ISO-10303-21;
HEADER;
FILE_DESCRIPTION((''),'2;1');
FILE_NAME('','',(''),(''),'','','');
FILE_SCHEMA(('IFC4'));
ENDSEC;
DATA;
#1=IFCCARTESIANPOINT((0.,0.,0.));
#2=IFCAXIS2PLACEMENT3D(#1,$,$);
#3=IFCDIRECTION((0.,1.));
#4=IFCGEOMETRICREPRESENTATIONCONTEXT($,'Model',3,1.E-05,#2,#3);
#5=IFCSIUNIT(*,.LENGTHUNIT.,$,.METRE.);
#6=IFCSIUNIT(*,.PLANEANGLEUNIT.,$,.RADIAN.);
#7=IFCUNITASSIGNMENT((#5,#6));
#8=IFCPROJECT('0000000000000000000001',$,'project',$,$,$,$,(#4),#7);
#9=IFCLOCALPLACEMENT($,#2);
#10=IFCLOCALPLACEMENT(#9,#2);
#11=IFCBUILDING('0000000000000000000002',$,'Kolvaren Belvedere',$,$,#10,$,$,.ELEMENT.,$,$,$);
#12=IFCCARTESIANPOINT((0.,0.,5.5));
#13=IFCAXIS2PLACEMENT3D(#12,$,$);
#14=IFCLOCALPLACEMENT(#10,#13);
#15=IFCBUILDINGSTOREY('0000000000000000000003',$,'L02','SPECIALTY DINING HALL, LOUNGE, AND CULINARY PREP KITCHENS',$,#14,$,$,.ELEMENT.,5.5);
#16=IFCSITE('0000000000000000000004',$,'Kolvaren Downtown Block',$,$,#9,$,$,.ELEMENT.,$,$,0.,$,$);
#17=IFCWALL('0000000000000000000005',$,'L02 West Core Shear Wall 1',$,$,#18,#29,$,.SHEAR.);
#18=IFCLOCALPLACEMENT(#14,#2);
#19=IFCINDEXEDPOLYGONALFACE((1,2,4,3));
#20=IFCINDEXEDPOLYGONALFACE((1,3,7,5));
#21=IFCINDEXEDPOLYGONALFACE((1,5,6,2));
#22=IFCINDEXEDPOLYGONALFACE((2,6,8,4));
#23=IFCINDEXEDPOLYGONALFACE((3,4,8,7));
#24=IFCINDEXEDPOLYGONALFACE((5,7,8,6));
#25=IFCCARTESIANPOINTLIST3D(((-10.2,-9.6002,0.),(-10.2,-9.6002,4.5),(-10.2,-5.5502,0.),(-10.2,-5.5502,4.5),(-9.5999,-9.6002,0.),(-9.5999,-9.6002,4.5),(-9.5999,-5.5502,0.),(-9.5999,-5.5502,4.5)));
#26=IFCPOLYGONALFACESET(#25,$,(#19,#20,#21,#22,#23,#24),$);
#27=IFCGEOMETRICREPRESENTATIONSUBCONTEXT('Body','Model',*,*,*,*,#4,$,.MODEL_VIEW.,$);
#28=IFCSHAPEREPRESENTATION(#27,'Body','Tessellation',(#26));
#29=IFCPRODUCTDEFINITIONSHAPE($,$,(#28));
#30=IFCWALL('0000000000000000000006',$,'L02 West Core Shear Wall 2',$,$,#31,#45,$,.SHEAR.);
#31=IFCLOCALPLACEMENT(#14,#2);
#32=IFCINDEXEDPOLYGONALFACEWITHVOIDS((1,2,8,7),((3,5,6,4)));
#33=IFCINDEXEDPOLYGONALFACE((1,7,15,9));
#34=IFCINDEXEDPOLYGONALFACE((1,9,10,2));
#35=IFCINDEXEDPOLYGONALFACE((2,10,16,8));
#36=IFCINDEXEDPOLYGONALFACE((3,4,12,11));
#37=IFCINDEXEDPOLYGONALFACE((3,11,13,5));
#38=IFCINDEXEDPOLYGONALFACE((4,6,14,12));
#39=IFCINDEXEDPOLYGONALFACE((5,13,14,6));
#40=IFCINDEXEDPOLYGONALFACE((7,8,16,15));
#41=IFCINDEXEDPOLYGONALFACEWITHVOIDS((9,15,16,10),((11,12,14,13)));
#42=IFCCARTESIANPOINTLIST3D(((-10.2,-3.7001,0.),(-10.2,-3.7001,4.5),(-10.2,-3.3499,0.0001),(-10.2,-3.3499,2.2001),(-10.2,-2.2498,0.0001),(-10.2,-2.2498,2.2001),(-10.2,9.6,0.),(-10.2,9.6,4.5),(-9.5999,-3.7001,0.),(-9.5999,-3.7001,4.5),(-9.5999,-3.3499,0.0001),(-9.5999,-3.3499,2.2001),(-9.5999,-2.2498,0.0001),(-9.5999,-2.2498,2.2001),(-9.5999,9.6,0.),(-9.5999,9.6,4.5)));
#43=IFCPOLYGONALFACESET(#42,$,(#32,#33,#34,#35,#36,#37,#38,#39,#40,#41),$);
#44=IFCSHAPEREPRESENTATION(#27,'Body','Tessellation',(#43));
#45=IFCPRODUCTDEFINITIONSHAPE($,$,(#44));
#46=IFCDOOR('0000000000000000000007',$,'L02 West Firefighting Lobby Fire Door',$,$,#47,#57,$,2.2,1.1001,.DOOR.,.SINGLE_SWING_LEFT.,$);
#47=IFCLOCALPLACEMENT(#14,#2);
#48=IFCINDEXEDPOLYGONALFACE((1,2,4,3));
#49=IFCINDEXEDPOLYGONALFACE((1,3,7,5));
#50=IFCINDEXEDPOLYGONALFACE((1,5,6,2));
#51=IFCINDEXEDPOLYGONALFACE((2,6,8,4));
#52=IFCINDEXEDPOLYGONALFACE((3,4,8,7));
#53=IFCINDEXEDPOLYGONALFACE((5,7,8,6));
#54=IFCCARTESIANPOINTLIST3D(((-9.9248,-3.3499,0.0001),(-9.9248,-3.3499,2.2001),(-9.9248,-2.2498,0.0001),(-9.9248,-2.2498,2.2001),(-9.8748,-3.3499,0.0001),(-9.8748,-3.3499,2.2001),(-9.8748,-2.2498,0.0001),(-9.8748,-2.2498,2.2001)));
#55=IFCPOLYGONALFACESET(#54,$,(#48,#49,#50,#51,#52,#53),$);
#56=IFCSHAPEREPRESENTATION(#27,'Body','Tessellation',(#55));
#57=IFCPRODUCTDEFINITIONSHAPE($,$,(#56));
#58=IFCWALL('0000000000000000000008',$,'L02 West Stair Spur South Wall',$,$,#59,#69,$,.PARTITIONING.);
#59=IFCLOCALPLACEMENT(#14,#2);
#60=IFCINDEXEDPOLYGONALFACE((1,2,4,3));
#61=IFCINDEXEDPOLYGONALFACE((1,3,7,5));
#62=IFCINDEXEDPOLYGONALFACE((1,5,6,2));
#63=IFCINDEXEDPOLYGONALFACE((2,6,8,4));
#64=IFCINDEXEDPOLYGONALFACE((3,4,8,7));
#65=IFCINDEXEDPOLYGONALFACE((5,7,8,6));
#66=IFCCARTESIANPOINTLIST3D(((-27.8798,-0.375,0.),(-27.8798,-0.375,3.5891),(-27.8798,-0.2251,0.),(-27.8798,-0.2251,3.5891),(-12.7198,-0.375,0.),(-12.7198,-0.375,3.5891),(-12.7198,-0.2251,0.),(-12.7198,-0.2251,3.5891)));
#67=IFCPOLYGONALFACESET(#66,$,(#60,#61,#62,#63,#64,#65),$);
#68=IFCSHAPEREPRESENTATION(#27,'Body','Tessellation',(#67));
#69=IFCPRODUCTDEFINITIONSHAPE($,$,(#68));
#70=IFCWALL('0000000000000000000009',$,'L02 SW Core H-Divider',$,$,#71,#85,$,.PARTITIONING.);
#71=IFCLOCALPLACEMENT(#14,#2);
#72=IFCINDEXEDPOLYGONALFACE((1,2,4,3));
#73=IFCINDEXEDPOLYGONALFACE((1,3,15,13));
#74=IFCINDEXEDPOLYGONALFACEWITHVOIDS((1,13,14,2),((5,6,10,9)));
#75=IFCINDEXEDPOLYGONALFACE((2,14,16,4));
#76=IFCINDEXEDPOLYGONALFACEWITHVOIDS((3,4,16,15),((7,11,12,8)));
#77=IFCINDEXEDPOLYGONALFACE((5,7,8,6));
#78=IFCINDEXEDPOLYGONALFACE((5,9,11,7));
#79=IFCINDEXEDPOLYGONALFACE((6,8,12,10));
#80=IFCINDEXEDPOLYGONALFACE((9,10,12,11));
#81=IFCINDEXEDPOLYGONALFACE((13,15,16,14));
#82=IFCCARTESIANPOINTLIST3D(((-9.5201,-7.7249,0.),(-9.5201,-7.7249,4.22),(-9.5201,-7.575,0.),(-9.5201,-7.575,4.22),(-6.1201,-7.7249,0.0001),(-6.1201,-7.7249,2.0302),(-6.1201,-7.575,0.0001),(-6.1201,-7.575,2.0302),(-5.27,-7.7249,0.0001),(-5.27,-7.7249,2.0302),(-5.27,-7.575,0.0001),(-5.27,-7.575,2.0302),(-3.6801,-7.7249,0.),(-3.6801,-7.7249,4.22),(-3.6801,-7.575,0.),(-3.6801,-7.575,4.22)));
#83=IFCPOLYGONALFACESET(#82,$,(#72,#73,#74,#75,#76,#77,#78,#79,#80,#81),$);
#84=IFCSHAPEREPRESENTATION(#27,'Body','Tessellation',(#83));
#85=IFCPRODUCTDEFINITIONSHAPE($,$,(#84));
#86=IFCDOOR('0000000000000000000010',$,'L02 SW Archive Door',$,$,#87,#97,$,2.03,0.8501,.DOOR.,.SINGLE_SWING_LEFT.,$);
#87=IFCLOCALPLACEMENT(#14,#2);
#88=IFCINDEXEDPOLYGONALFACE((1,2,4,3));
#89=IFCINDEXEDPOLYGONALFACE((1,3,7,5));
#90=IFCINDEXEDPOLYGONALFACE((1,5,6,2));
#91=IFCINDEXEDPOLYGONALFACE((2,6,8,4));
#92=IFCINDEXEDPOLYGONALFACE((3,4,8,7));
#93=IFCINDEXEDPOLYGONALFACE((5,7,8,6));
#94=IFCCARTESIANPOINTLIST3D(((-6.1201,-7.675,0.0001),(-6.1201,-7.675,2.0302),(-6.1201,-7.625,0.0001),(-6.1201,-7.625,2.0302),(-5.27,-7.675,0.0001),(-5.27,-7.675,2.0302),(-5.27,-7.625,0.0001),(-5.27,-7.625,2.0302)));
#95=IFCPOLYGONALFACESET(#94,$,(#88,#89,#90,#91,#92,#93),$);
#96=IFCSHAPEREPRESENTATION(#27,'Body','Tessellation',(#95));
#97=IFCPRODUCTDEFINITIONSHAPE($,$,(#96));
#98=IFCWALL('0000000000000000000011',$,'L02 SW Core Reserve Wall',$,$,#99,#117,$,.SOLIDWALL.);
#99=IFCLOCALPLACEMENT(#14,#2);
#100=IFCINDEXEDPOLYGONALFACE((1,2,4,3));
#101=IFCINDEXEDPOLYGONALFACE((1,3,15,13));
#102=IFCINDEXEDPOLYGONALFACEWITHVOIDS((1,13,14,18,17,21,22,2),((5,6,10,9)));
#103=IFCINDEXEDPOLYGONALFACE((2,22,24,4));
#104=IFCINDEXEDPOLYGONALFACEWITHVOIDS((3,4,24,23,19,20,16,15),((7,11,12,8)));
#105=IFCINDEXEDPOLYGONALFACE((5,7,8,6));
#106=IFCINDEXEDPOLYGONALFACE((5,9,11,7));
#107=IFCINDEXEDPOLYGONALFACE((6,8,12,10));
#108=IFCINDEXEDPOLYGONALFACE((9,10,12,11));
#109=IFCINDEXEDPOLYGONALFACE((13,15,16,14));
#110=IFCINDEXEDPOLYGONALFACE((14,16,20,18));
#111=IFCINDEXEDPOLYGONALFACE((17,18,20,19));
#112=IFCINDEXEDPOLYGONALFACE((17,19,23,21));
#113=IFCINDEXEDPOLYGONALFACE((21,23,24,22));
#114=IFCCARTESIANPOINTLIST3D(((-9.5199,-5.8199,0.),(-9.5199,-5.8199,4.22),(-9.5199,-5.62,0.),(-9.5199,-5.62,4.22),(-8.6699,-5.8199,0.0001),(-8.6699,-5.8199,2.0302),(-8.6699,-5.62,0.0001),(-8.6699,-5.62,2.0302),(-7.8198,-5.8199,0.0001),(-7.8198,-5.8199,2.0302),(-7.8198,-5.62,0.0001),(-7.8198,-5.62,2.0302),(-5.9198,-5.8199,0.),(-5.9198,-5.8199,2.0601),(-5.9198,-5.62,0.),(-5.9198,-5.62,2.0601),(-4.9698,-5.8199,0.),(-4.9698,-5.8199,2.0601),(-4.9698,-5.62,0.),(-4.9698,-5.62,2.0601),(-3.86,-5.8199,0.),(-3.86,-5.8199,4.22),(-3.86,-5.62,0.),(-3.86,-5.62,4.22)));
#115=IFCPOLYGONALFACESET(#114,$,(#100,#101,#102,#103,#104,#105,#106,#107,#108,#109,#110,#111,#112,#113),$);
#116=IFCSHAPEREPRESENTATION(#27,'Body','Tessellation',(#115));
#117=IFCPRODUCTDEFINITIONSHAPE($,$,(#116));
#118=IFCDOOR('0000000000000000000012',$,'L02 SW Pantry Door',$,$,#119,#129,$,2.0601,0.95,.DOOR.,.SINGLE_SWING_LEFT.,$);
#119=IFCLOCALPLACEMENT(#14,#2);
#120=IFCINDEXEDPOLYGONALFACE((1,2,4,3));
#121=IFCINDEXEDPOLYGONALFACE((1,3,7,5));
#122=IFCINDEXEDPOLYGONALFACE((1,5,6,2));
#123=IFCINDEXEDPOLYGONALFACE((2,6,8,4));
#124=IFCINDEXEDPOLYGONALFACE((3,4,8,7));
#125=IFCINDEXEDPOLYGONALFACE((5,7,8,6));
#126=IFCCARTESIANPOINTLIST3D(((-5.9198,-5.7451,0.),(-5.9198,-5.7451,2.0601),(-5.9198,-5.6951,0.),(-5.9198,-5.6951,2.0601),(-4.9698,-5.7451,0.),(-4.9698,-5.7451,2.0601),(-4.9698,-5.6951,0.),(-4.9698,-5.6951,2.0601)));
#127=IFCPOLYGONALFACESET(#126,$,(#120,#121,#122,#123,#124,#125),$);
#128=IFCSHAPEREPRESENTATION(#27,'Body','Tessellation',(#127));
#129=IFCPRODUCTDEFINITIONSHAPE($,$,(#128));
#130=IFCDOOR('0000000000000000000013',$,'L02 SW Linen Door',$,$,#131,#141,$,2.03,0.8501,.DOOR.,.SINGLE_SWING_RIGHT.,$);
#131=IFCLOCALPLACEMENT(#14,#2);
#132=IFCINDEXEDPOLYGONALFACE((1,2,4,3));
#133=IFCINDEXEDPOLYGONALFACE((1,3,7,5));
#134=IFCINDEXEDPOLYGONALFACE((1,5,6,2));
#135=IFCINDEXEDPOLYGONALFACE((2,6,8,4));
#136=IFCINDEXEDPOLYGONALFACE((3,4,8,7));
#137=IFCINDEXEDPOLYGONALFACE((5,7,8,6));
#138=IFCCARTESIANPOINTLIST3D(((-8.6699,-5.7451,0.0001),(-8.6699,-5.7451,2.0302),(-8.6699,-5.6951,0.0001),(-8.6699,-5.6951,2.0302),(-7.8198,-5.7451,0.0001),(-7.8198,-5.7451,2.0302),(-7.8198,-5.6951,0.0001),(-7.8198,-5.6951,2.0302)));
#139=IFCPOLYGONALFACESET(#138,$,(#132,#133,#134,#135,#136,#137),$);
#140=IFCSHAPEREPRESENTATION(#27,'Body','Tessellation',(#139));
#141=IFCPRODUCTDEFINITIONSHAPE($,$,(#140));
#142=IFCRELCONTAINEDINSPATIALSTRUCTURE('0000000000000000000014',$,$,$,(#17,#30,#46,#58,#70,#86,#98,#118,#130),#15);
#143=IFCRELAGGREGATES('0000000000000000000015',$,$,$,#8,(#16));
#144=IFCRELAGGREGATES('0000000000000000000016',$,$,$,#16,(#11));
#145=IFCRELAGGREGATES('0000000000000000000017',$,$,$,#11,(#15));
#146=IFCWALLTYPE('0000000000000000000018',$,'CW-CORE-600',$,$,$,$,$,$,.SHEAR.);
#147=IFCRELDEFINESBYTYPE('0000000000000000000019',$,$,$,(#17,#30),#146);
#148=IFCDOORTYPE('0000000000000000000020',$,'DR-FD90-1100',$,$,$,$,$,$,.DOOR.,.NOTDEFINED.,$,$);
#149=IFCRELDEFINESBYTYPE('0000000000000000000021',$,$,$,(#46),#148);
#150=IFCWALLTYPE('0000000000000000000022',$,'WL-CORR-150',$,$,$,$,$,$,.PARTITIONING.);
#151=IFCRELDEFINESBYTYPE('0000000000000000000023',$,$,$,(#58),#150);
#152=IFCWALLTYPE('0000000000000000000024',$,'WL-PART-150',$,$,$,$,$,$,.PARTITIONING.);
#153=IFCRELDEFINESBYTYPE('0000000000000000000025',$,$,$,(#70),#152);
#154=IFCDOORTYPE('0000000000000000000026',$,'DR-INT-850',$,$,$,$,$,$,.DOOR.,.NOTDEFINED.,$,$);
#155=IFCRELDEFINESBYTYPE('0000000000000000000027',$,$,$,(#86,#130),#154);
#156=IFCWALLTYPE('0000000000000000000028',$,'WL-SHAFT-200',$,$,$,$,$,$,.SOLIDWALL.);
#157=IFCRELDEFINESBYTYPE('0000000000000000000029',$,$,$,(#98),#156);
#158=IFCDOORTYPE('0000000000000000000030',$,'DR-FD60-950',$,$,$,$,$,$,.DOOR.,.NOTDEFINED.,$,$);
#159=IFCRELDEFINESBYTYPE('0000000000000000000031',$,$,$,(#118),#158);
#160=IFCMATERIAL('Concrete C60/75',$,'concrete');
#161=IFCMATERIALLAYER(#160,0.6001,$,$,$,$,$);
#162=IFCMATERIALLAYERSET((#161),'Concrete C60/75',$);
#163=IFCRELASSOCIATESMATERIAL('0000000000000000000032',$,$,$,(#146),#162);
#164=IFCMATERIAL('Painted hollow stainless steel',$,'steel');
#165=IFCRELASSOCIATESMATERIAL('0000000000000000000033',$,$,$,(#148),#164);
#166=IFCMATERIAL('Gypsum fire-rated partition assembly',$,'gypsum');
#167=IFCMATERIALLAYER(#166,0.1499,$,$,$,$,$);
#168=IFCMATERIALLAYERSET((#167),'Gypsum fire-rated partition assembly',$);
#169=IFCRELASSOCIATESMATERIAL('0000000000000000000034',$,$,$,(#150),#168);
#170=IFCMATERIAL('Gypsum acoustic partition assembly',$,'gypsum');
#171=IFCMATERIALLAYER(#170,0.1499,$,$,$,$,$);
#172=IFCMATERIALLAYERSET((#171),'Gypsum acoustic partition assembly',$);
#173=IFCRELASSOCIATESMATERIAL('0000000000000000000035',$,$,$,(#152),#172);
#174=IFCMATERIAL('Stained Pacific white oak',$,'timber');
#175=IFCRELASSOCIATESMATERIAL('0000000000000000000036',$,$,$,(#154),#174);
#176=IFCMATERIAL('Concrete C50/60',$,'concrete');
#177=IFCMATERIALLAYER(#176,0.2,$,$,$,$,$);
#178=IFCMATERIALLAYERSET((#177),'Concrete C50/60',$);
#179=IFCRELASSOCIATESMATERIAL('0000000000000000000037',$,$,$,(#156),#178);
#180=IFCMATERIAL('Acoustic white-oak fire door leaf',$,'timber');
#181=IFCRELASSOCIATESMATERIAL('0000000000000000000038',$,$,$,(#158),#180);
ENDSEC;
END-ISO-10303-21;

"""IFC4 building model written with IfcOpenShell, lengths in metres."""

from ifc_helpers import new_model, si_unit, direction, frame, frame_2d, origin, place, context, subcontext, project, spatial, rectangle, extrude, material, layer, layer_set, type_object, element, fill, save


model = new_model("IFC4")

# Units and contexts
model_context = context("Model", 3, precision=1e-05, world=origin(), true_north=direction((0.0, 1.0)))
body_context = subcontext(model_context, "Body", "Model", "MODEL_VIEW")
ifc_project = project(units=[si_unit("LENGTHUNIT", "METRE"), si_unit("PLANEANGLEUNIT", "RADIAN")], contexts=[model_context])

# Site, building, storey
site_placement = place(None, origin())
site = spatial("IfcSite", under=ifc_project, at=site_placement, Name="Kolvaren Downtown Block", CompositionType="ELEMENT", RefElevation=0.0)
building_placement = place(site_placement, origin())
building = spatial("IfcBuilding", under=site, at=building_placement, Name="Kolvaren Belvedere", CompositionType="ELEMENT")
storey_placement = place(building_placement, frame((0.0, 0.0, 5.5)))
storey = spatial("IfcBuildingStorey", under=building, at=storey_placement, Name="L02", Description="SPECIALTY DINING HALL, LOUNGE, AND CULINARY PREP KITCHENS", CompositionType="ELEMENT", Elevation=5.5)

# Wall
ifc_material_1 = material(Name="Concrete C60/75", Category="concrete")
ifc_layer_1 = layer(ifc_material_1, 0.6001)
ifc_layer_set_1 = layer_set([ifc_layer_1], Name="Concrete C60/75")
wall_type_1 = type_object("IfcWallType", Name="CW-CORE-600", PredefinedType="SHEAR", material=ifc_layer_set_1)
wall_1_placement = place(storey_placement, frame((-9.8999, -9.6001, 0.0), z_axis=(0.0, 0.0, 1.0), x_axis=(0.0, 1.0, 0.0)))
element("IfcWall", 1, at=wall_1_placement, inside=storey, type_object=wall_type_1, Name="L02 West Core Shear Wall 1", PredefinedType="SHEAR", context=body_context, shape_type="SweptSolid", body=[
    extrude(rectangle(XDim=4.05, YDim=0.6001, at=frame_2d((2.0249, 0.0))), origin(), (0.0, 0.0, 1.0), 4.5),
])

# Wall, opening, door
wall_2_placement = place(storey_placement, frame((-9.8999, -3.7, 0.0), z_axis=(0.0, 0.0, 1.0), x_axis=(0.0, 1.0, 0.0)))
wall_2 = element("IfcWall", 2, at=wall_2_placement, inside=storey, type_object=wall_type_1, Name="L02 West Core Shear Wall 2", PredefinedType="SHEAR", context=body_context, shape_type="SweptSolid", body=[
    extrude(rectangle(XDim=13.3, YDim=0.6001, at=frame_2d((6.6499, 0.0))), origin(), (0.0, 0.0, 1.0), 4.5),
])
opening_1_placement = place(wall_2_placement, frame((0.3501, 0.0, 0.0)))
opening_1 = element("IfcOpeningElement", 3, at=opening_1_placement, cuts=wall_2, PredefinedType="OPENING", context=body_context, shape_type="SweptSolid", body=[
    extrude(rectangle(XDim=1.1001, YDim=2.2, at=frame_2d((0.55, 1.1001))), frame((0.0, 0.3101, 0.0), z_axis=(0.0, -1.0, 0.0), x_axis=(1.0, 0.0, 0.0)), (0.0, 0.0, 1.0), 0.6201),
])
ifc_material_2 = material(Name="Painted hollow stainless steel", Category="steel")
door_type_1 = type_object("IfcDoorType", Name="DR-FD90-1100", OperationType="NOTDEFINED", PredefinedType="DOOR", material=ifc_material_2)
door_1_placement = place(opening_1_placement, origin())
door_1 = element("IfcDoor", 4, at=door_1_placement, inside=storey, type_object=door_type_1, Name="L02 West Firefighting Lobby Fire Door", OperationType="SINGLE_SWING_LEFT", OverallHeight=2.2, OverallWidth=1.1001, PredefinedType="DOOR", context=body_context, shape_type="SweptSolid", body=[
    extrude(rectangle(XDim=1.1001, YDim=2.2, at=frame_2d((0.55, 1.1001))), frame((0.0, 0.0249, 0.0), z_axis=(0.0, -1.0, 0.0), x_axis=(1.0, 0.0, 0.0)), (0.0, 0.0, 1.0), 0.05),
])
fill(opening_1, door_1)

# Wall
ifc_material_3 = material(Name="Gypsum fire-rated partition assembly", Category="gypsum")
ifc_layer_2 = layer(ifc_material_3, 0.1499)
ifc_layer_set_2 = layer_set([ifc_layer_2], Name="Gypsum fire-rated partition assembly")
wall_type_2 = type_object("IfcWallType", Name="WL-CORR-150", PredefinedType="PARTITIONING", material=ifc_layer_set_2)
wall_3_placement = place(storey_placement, frame((-27.8799, -0.3, 0.0), z_axis=(0.0, 0.0, 1.0), x_axis=(1.0, 0.0, 0.0)))
element("IfcWall", 5, at=wall_3_placement, inside=storey, type_object=wall_type_2, Name="L02 West Stair Spur South Wall", PredefinedType="PARTITIONING", context=body_context, shape_type="SweptSolid", body=[
    extrude(rectangle(XDim=15.1599, YDim=0.1499, at=frame_2d((7.5801, 0.0))), origin(), (0.0, 0.0, 1.0), 3.5891),
])

# Wall, opening, door
ifc_material_4 = material(Name="Gypsum acoustic partition assembly", Category="gypsum")
ifc_layer_3 = layer(ifc_material_4, 0.1499)
ifc_layer_set_3 = layer_set([ifc_layer_3], Name="Gypsum acoustic partition assembly")
wall_type_3 = type_object("IfcWallType", Name="WL-PART-150", PredefinedType="PARTITIONING", material=ifc_layer_set_3)
wall_4_placement = place(storey_placement, frame((-9.52, -7.6499, 0.0), z_axis=(0.0, 0.0, 1.0), x_axis=(1.0, 0.0, 0.0)))
wall_4 = element("IfcWall", 6, at=wall_4_placement, inside=storey, type_object=wall_type_3, Name="L02 SW Core H-Divider", PredefinedType="PARTITIONING", context=body_context, shape_type="SweptSolid", body=[
    extrude(rectangle(XDim=5.8401, YDim=0.1499, at=frame_2d((2.9199, 0.0))), origin(), (0.0, 0.0, 1.0), 4.22),
])
opening_2_placement = place(wall_4_placement, frame((3.3999, 0.0, 0.0)))
opening_2 = element("IfcOpeningElement", 7, at=opening_2_placement, cuts=wall_4, PredefinedType="OPENING", context=body_context, shape_type="SweptSolid", body=[
    extrude(rectangle(XDim=0.8501, YDim=2.03, at=frame_2d((0.425, 1.0151))), frame((0.0, 0.085, 0.0), z_axis=(0.0, -1.0, 0.0), x_axis=(1.0, 0.0, 0.0)), (0.0, 0.0, 1.0), 0.1699),
])
ifc_material_5 = material(Name="Stained Pacific white oak", Category="timber")
door_type_2 = type_object("IfcDoorType", Name="DR-INT-850", OperationType="NOTDEFINED", PredefinedType="DOOR", material=ifc_material_5)
door_2_placement = place(opening_2_placement, origin())
door_2 = element("IfcDoor", 8, at=door_2_placement, inside=storey, type_object=door_type_2, Name="L02 SW Archive Door", OperationType="SINGLE_SWING_LEFT", OverallHeight=2.03, OverallWidth=0.8501, PredefinedType="DOOR", context=body_context, shape_type="SweptSolid", body=[
    extrude(rectangle(XDim=0.8501, YDim=2.03, at=frame_2d((0.425, 1.0151))), frame((0.0, 0.0249, 0.0), z_axis=(0.0, -1.0, 0.0), x_axis=(1.0, 0.0, 0.0)), (0.0, 0.0, 1.0), 0.05),
])
fill(opening_2, door_2)

# Wall, openings, doors
ifc_material_6 = material(Name="Concrete C50/60", Category="concrete")
ifc_layer_4 = layer(ifc_material_6, 0.2)
ifc_layer_set_4 = layer_set([ifc_layer_4], Name="Concrete C50/60")
wall_type_4 = type_object("IfcWallType", Name="WL-SHAFT-200", PredefinedType="SOLIDWALL", material=ifc_layer_set_4)
wall_5_placement = place(storey_placement, frame((-9.52, -5.72, 0.0), z_axis=(0.0, 0.0, 1.0), x_axis=(1.0, 0.0, 0.0)))
wall_5 = element("IfcWall", 9, at=wall_5_placement, inside=storey, type_object=wall_type_4, Name="L02 SW Core Reserve Wall", PredefinedType="SOLIDWALL", context=body_context, shape_type="SweptSolid", body=[
    extrude(rectangle(XDim=5.6599, YDim=0.2, at=frame_2d((2.8301, 0.0))), origin(), (0.0, 0.0, 1.0), 4.22),
])
opening_3_placement = place(wall_5_placement, frame((3.6001, 0.0, 0.0)))
opening_3 = element("IfcOpeningElement", 10, at=opening_3_placement, cuts=wall_5, PredefinedType="OPENING", context=body_context, shape_type="SweptSolid", body=[
    extrude(rectangle(XDim=0.95, YDim=2.0601, at=frame_2d((0.4751, 1.03))), frame((0.0, 0.1099, 0.0), z_axis=(0.0, -1.0, 0.0), x_axis=(1.0, 0.0, 0.0)), (0.0, 0.0, 1.0), 0.22),
])
opening_4_placement = place(wall_5_placement, frame((0.8501, 0.0, 0.0)))
opening_4 = element("IfcOpeningElement", 11, at=opening_4_placement, cuts=wall_5, PredefinedType="OPENING", context=body_context, shape_type="SweptSolid", body=[
    extrude(rectangle(XDim=0.8501, YDim=2.03, at=frame_2d((0.425, 1.0151))), frame((0.0, 0.1099, 0.0), z_axis=(0.0, -1.0, 0.0), x_axis=(1.0, 0.0, 0.0)), (0.0, 0.0, 1.0), 0.22),
])
ifc_material_7 = material(Name="Acoustic white-oak fire door leaf", Category="timber")
door_type_3 = type_object("IfcDoorType", Name="DR-FD60-950", OperationType="NOTDEFINED", PredefinedType="DOOR", material=ifc_material_7)
door_3_placement = place(opening_3_placement, origin())
door_3 = element("IfcDoor", 12, at=door_3_placement, inside=storey, type_object=door_type_3, Name="L02 SW Pantry Door", OperationType="SINGLE_SWING_LEFT", OverallHeight=2.0601, OverallWidth=0.95, PredefinedType="DOOR", context=body_context, shape_type="SweptSolid", body=[
    extrude(rectangle(XDim=0.95, YDim=2.0601, at=frame_2d((0.4751, 1.03))), frame((0.0, 0.0249, 0.0), z_axis=(0.0, -1.0, 0.0), x_axis=(1.0, 0.0, 0.0)), (0.0, 0.0, 1.0), 0.05),
])
fill(opening_3, door_3)
door_4_placement = place(opening_4_placement, origin())
door_4 = element("IfcDoor", 13, at=door_4_placement, inside=storey, type_object=door_type_2, Name="L02 SW Linen Door", OperationType="SINGLE_SWING_RIGHT", OverallHeight=2.03, OverallWidth=0.8501, PredefinedType="DOOR", context=body_context, shape_type="SweptSolid", body=[
    extrude(rectangle(XDim=0.8501, YDim=2.03, at=frame_2d((0.425, 1.0151))), frame((0.0, 0.0249, 0.0), z_axis=(0.0, -1.0, 0.0), x_axis=(1.0, 0.0, 0.0)), (0.0, 0.0, 1.0), 0.05),
])
fill(opening_4, door_4)

save(model, "model.ifc")
